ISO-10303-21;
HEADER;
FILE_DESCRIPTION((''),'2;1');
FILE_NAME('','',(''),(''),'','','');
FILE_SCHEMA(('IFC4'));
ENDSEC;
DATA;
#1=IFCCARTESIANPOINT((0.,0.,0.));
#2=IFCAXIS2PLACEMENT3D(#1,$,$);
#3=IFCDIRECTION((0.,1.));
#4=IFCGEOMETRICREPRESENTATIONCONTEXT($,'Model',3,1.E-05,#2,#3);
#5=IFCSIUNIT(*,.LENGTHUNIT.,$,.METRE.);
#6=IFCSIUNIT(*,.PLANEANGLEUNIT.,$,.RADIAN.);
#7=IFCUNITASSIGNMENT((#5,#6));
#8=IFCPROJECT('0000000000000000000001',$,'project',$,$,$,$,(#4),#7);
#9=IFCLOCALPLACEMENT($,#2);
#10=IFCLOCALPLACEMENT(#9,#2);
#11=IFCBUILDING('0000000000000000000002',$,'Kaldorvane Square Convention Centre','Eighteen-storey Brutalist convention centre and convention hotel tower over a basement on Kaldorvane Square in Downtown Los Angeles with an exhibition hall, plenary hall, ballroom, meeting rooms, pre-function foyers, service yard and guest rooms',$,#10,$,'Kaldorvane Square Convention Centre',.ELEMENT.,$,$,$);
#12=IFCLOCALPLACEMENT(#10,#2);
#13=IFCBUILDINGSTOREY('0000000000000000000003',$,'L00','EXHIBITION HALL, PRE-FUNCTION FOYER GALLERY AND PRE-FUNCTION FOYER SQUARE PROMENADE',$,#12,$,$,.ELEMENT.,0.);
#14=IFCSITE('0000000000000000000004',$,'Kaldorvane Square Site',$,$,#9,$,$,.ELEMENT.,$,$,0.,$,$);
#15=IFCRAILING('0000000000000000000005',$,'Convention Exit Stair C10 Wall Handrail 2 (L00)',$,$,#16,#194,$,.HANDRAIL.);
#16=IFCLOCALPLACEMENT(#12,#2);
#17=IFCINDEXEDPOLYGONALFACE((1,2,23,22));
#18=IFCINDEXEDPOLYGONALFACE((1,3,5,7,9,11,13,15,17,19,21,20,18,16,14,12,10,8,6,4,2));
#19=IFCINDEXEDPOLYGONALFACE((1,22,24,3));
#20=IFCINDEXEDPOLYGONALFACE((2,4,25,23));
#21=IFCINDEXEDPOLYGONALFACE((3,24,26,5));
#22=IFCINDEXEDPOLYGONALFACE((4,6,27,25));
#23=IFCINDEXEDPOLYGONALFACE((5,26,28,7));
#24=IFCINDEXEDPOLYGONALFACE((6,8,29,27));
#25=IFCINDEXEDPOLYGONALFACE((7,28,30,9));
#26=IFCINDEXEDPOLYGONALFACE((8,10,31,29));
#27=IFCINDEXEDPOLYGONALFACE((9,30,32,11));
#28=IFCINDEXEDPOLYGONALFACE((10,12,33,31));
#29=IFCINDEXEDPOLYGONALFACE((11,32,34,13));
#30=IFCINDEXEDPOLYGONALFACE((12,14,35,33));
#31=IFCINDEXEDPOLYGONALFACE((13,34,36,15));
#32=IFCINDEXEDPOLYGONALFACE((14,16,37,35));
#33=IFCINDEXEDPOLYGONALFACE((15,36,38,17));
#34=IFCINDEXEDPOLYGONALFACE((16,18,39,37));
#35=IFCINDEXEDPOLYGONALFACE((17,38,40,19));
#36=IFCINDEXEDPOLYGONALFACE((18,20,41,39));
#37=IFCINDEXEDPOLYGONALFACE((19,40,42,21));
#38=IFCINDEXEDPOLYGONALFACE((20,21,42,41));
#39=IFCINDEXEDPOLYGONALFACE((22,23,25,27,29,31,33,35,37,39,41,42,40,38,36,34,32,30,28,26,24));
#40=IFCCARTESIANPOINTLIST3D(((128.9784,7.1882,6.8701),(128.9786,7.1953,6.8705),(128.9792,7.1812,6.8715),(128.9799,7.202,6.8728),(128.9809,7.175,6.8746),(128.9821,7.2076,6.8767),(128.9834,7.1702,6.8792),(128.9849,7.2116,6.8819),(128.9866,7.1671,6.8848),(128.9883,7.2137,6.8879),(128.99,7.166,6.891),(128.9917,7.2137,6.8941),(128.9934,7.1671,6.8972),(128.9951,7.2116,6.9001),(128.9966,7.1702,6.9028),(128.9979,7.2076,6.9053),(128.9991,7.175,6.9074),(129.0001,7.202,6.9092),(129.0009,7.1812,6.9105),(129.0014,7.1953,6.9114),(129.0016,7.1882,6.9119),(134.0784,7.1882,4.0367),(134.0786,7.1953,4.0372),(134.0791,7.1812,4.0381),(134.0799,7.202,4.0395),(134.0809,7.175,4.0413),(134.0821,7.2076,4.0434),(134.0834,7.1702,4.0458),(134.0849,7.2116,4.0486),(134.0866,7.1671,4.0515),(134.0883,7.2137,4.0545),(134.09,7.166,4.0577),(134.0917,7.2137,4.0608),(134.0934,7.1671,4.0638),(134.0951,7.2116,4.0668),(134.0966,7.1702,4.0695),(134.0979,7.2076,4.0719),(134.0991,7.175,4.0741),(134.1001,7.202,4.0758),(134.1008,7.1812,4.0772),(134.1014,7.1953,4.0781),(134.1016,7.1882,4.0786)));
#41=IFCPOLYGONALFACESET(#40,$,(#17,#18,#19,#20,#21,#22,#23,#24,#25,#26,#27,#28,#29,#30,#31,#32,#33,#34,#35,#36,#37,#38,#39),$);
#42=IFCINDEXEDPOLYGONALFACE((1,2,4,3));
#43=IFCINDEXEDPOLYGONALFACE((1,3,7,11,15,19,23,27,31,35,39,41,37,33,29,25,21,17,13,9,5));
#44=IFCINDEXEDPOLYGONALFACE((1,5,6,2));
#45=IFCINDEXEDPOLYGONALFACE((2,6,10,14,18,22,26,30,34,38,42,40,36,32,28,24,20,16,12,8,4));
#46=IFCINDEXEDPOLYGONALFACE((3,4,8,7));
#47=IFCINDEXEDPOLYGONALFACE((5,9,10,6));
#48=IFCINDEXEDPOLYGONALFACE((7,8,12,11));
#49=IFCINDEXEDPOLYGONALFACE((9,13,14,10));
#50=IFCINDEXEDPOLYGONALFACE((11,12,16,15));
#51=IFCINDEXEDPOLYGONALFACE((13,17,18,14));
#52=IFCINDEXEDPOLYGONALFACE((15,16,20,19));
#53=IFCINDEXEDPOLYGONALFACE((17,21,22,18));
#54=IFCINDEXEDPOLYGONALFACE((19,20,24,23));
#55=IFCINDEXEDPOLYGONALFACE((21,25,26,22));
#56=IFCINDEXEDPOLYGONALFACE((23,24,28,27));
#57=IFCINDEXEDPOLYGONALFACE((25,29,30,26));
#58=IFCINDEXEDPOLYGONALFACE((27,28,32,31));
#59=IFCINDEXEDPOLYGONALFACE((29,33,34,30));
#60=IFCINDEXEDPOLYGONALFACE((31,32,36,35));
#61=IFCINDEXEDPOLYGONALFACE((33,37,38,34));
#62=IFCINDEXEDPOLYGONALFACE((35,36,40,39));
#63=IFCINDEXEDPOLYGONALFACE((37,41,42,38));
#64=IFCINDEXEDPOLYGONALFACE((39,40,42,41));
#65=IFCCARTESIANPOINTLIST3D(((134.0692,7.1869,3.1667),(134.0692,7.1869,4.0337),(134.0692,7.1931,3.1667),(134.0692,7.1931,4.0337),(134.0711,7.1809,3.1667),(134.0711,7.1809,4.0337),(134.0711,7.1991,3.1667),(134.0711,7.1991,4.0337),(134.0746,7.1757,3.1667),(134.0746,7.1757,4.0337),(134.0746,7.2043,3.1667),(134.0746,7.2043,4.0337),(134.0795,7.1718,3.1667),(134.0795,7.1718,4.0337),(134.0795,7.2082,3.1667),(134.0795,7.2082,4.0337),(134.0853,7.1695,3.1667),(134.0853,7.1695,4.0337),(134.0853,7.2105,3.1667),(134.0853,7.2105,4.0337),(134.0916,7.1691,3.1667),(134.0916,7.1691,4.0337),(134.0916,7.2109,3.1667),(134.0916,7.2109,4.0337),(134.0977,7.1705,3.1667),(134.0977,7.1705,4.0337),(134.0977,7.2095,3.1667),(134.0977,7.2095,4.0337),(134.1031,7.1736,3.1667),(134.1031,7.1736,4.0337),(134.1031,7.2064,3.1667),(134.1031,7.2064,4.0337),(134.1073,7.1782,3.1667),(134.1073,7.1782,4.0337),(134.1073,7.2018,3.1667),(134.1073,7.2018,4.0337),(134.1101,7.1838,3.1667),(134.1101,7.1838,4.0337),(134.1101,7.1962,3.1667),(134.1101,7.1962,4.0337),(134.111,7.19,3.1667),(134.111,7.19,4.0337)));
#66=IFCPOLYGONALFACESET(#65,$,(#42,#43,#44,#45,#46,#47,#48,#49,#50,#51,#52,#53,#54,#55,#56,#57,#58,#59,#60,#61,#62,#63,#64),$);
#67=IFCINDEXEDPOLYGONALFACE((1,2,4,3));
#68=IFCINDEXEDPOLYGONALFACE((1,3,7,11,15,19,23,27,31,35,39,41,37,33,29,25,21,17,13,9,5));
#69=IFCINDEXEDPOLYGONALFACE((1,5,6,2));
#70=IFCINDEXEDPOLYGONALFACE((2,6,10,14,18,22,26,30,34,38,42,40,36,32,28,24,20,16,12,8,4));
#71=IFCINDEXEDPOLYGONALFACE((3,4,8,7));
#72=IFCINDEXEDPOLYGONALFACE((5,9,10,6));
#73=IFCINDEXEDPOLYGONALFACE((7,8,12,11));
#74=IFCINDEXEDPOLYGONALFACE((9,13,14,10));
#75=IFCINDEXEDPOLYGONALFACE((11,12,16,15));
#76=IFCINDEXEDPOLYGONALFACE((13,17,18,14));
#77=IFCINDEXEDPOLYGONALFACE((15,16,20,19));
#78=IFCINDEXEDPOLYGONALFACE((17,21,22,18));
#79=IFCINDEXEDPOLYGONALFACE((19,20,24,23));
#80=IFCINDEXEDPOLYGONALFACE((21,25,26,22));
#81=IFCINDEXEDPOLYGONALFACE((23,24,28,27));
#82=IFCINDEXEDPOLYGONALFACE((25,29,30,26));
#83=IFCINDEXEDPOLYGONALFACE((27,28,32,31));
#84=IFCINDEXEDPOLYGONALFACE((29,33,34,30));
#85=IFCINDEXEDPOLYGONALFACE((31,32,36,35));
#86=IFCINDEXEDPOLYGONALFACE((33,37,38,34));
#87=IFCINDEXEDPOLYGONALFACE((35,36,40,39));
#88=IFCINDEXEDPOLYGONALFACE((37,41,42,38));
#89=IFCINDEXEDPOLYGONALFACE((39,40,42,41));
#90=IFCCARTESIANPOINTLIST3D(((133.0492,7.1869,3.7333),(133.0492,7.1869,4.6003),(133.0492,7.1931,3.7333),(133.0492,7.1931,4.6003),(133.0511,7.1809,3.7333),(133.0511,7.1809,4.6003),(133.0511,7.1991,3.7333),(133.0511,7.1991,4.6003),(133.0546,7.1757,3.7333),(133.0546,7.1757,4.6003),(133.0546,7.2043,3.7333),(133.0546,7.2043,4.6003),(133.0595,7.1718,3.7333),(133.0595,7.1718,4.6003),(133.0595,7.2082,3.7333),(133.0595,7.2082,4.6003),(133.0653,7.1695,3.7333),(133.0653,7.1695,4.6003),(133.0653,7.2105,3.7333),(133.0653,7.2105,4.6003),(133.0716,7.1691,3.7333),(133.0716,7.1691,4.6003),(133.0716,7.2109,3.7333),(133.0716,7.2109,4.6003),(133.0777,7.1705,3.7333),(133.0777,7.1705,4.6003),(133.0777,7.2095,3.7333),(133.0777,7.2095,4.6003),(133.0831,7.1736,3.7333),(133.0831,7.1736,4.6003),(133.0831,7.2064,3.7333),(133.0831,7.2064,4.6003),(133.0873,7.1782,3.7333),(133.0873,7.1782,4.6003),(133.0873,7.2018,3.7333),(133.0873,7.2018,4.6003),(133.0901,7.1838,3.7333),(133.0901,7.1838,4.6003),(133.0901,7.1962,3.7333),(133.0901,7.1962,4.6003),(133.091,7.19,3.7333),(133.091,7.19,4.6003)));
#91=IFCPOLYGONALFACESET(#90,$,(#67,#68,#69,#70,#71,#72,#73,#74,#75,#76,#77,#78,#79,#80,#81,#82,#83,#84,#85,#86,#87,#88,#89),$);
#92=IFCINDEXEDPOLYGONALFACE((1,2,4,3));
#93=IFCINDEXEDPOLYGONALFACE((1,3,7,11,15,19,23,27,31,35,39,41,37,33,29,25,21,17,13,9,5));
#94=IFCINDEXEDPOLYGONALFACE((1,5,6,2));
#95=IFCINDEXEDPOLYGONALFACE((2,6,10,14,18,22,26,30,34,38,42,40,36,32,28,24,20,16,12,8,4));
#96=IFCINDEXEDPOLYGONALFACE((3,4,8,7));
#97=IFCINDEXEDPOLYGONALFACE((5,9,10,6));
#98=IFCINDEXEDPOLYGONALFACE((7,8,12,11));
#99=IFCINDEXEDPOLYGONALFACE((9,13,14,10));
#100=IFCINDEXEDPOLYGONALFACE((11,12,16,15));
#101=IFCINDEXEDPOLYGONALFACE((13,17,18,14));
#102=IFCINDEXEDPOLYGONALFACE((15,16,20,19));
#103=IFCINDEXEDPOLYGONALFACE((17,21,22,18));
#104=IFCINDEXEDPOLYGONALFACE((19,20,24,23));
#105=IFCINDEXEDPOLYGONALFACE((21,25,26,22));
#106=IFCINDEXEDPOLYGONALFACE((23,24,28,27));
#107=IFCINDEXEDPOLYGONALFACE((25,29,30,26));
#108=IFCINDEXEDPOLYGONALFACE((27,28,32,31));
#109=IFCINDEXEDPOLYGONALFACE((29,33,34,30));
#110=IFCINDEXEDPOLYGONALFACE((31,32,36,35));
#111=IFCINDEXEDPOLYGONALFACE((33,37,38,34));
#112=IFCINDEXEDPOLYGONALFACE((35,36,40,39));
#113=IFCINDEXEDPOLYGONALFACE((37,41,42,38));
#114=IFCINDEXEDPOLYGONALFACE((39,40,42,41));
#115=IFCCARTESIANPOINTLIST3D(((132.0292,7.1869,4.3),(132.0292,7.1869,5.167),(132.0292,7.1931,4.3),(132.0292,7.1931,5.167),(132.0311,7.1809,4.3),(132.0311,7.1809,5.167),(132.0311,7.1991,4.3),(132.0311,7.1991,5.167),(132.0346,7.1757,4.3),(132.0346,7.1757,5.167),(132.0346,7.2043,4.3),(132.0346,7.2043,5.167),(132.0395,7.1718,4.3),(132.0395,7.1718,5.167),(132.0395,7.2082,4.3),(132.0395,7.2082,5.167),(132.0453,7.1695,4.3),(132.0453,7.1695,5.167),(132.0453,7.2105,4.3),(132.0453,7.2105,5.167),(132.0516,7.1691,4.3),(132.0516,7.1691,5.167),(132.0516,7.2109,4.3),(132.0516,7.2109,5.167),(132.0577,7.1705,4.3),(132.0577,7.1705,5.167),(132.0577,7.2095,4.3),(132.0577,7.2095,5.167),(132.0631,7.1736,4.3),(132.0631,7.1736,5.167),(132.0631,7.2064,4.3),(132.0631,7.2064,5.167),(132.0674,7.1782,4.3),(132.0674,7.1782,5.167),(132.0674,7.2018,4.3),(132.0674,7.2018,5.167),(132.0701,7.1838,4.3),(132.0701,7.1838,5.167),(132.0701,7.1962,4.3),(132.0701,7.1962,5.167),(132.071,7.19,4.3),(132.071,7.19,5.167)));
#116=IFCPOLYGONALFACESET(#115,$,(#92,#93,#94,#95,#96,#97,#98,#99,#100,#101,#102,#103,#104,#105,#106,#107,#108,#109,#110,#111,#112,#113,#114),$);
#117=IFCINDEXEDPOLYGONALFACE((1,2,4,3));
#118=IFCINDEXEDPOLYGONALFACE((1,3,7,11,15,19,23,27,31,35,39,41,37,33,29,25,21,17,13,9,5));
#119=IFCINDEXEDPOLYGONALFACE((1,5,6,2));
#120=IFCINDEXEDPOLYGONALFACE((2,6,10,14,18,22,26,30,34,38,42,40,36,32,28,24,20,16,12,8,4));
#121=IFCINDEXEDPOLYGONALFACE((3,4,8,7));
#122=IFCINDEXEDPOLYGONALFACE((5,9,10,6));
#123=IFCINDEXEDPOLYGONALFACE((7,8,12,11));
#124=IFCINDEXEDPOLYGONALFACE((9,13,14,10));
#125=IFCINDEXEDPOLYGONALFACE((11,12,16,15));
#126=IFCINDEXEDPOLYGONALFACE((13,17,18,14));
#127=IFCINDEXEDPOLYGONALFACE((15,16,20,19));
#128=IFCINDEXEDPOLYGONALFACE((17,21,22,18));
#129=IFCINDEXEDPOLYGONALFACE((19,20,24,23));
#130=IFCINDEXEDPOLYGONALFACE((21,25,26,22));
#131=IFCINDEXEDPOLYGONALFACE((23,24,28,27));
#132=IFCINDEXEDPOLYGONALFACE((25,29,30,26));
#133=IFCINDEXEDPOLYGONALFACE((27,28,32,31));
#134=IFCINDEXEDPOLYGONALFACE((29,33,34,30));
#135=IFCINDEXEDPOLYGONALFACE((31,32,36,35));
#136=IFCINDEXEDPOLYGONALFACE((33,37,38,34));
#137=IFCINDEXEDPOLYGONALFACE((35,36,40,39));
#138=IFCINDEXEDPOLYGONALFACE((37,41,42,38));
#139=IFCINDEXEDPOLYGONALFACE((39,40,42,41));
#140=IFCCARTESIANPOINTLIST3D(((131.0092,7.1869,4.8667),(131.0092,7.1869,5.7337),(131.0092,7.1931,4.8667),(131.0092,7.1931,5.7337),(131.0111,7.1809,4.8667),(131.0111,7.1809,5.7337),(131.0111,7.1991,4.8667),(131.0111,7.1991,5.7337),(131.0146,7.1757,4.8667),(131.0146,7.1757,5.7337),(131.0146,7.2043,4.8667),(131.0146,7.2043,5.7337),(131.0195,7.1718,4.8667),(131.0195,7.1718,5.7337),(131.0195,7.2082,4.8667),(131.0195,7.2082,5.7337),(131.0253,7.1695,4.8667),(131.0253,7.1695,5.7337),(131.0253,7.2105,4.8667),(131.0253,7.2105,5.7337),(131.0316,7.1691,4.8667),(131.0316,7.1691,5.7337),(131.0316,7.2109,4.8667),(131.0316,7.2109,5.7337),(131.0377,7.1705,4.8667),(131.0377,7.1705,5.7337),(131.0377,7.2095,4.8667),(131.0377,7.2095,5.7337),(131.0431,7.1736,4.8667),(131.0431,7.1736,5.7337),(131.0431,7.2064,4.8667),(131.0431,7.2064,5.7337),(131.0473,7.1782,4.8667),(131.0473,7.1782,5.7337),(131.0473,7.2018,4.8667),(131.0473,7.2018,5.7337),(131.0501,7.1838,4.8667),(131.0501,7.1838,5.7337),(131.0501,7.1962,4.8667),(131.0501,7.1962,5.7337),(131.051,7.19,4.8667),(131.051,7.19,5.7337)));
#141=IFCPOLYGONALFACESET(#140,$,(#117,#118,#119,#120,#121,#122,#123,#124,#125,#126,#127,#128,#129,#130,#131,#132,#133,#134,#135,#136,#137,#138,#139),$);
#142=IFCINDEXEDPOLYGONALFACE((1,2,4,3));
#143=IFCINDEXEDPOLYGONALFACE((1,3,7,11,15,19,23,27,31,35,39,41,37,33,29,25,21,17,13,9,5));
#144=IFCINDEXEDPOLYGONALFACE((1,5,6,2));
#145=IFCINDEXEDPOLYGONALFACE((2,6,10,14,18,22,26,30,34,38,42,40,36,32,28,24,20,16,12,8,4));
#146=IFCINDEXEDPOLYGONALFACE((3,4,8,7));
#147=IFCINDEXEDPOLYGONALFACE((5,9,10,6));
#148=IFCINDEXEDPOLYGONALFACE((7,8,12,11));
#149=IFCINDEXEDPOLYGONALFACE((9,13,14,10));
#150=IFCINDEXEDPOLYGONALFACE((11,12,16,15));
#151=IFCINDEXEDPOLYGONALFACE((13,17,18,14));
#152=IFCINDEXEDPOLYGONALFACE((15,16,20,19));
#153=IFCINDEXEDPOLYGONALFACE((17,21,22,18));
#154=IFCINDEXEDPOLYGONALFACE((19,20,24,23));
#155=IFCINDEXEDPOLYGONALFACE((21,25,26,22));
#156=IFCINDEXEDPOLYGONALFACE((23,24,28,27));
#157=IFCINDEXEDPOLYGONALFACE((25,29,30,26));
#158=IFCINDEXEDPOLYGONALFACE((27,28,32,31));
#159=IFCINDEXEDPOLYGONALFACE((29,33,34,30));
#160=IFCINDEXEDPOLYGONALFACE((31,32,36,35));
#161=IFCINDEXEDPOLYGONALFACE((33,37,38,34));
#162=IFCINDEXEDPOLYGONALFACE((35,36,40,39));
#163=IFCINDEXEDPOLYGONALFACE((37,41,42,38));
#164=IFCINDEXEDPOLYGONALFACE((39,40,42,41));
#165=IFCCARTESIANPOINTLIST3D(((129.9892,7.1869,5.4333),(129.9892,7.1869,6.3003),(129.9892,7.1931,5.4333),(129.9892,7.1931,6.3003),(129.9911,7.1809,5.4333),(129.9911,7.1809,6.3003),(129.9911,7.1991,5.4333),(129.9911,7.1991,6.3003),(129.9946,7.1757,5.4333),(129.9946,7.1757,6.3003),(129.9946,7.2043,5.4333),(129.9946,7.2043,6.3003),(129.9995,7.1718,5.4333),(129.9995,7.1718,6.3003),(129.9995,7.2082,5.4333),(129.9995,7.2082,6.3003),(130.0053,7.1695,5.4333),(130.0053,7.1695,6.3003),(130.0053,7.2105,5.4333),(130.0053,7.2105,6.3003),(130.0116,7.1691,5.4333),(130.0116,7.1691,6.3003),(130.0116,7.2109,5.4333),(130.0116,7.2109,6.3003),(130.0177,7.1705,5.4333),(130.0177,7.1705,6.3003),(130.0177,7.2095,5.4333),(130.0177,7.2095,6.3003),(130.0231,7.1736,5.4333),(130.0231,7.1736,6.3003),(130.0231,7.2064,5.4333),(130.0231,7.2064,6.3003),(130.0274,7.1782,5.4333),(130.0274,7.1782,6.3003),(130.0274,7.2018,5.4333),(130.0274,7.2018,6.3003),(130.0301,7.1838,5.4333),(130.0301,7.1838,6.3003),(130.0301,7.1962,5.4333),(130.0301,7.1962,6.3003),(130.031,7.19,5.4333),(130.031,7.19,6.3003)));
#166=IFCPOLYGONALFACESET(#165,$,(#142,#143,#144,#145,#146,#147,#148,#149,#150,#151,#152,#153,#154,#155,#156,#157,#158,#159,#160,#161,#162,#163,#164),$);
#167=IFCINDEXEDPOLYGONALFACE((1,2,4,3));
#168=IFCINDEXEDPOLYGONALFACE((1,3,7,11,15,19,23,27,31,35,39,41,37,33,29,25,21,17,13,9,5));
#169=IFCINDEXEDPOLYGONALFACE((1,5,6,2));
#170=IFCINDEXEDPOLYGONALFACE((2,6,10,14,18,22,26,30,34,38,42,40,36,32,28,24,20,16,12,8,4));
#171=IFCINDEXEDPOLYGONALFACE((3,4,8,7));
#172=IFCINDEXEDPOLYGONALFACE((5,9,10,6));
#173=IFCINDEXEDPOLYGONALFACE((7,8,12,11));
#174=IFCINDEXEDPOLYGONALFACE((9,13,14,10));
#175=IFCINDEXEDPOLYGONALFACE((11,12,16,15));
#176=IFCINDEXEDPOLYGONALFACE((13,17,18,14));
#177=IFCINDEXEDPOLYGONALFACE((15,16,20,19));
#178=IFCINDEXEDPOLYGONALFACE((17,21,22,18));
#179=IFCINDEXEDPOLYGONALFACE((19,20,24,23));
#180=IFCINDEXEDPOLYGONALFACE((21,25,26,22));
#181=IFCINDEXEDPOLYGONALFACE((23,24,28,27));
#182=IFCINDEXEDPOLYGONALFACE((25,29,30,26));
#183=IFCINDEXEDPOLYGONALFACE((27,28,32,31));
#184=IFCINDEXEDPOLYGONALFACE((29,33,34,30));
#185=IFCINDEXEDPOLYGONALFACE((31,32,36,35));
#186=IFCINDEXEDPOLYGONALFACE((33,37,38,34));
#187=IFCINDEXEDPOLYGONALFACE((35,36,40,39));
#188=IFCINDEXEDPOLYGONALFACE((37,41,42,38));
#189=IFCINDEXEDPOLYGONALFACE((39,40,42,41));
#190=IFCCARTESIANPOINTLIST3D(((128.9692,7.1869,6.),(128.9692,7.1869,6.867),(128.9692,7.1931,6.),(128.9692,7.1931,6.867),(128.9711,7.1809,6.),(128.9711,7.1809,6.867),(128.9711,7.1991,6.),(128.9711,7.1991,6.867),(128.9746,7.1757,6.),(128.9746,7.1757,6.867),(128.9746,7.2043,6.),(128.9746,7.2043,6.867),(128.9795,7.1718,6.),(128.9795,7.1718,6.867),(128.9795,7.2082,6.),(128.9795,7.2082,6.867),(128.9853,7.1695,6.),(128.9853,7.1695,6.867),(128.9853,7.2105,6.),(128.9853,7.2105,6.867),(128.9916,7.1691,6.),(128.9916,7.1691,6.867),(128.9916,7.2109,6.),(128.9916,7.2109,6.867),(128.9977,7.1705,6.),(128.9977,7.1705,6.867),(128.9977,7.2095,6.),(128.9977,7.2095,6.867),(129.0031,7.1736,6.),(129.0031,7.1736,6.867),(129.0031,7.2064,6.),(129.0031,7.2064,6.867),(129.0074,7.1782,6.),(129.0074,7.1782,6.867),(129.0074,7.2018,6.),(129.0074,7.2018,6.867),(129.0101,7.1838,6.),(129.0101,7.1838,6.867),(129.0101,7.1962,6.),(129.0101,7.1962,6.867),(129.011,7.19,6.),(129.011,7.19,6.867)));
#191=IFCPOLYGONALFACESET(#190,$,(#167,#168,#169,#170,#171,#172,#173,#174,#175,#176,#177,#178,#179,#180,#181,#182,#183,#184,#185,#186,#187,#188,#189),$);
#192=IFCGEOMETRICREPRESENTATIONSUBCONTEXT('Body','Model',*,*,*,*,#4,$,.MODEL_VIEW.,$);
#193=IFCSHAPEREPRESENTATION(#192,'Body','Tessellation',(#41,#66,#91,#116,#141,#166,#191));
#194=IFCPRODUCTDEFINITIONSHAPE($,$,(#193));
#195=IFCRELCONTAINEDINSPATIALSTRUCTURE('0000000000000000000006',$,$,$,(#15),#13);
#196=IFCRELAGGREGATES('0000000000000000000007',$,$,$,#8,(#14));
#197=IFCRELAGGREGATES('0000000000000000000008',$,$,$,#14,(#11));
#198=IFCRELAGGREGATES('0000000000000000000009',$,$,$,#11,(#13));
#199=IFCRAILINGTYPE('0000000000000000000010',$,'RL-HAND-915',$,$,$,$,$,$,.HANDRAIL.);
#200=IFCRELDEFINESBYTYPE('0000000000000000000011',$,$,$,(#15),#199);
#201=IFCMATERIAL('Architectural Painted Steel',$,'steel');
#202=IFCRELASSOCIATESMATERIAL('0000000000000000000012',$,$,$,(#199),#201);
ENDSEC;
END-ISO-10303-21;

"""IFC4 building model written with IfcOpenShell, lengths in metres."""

from ifc_helpers import new_model, si_unit, direction, frame, origin, origin_2d, place, context, subcontext, project, spatial, circle, extrude, material, type_object, element, save


model = new_model("IFC4")

# Units and contexts
model_context = context("Model", 3, precision=1e-05, world=origin(), true_north=direction((0.0, 1.0)))
body_context = subcontext(model_context, "Body", "Model", "MODEL_VIEW")
ifc_project = project(units=[si_unit("LENGTHUNIT", "METRE"), si_unit("PLANEANGLEUNIT", "RADIAN")], contexts=[model_context])

# Site, building, storey
site_placement = place(None, origin())
site = spatial("IfcSite", under=ifc_project, at=site_placement, Name="Kaldorvane Square Site", CompositionType="ELEMENT", RefElevation=0.0)
building_placement = place(site_placement, origin())
building = spatial("IfcBuilding", under=site, at=building_placement, Name="Kaldorvane Square Convention Centre", Description="Eighteen-storey Brutalist convention centre and convention hotel tower over a basement on Kaldorvane Square in Downtown Los Angeles with an exhibition hall, plenary hall, ballroom, meeting rooms, pre-function foyers, service yard and guest rooms", LongName="Kaldorvane Square Convention Centre", CompositionType="ELEMENT")
storey_placement = place(building_placement, origin())
storey = spatial("IfcBuildingStorey", under=building, at=storey_placement, Name="L00", Description="EXHIBITION HALL, PRE-FUNCTION FOYER GALLERY AND PRE-FUNCTION FOYER SQUARE PROMENADE", CompositionType="ELEMENT", Elevation=0.0)

# Railing
ifc_material_1 = material(Name="Architectural Painted Steel", Category="steel")
railing_type_1 = type_object("IfcRailingType", Name="RL-HAND-915", PredefinedType="HANDRAIL", material=ifc_material_1)
railing_1_placement = place(storey_placement, frame((134.09, 7.19, 3.1667)))
element("IfcRailing", 1, at=railing_1_placement, inside=storey, type_object=railing_type_1, Name="Convention Exit Stair C10 Wall Handrail 2 (L00)", PredefinedType="HANDRAIL", context=body_context, shape_type="SweptSolid", body=[
    extrude(circle(Radius=0.024, at=origin_2d()), frame((0.0, 0.0, 0.891), z_axis=(-0.874157, 0.0, 0.485643), x_axis=(0.0, -1.0, 0.0)), (0.0, 0.0, 1.0), 5.8342),
    extrude(circle(Radius=0.021, at=origin_2d()), origin(), (0.0, 0.0, 1.0), 0.867),
    extrude(circle(Radius=0.021, at=origin_2d()), frame((-1.02, 0.0, 0.5667)), (0.0, 0.0, 1.0), 0.867),
    extrude(circle(Radius=0.021, at=origin_2d()), frame((-2.04, 0.0, 1.1333)), (0.0, 0.0, 1.0), 0.867),
    extrude(circle(Radius=0.021, at=origin_2d()), frame((-3.06, 0.0, 1.7)), (0.0, 0.0, 1.0), 0.867),
    extrude(circle(Radius=0.021, at=origin_2d()), frame((-4.08, 0.0, 2.2667)), (0.0, 0.0, 1.0), 0.867),
    extrude(circle(Radius=0.021, at=origin_2d()), frame((-5.1, 0.0, 2.8333)), (0.0, 0.0, 1.0), 0.867),
])

save(model, "model.ifc")
